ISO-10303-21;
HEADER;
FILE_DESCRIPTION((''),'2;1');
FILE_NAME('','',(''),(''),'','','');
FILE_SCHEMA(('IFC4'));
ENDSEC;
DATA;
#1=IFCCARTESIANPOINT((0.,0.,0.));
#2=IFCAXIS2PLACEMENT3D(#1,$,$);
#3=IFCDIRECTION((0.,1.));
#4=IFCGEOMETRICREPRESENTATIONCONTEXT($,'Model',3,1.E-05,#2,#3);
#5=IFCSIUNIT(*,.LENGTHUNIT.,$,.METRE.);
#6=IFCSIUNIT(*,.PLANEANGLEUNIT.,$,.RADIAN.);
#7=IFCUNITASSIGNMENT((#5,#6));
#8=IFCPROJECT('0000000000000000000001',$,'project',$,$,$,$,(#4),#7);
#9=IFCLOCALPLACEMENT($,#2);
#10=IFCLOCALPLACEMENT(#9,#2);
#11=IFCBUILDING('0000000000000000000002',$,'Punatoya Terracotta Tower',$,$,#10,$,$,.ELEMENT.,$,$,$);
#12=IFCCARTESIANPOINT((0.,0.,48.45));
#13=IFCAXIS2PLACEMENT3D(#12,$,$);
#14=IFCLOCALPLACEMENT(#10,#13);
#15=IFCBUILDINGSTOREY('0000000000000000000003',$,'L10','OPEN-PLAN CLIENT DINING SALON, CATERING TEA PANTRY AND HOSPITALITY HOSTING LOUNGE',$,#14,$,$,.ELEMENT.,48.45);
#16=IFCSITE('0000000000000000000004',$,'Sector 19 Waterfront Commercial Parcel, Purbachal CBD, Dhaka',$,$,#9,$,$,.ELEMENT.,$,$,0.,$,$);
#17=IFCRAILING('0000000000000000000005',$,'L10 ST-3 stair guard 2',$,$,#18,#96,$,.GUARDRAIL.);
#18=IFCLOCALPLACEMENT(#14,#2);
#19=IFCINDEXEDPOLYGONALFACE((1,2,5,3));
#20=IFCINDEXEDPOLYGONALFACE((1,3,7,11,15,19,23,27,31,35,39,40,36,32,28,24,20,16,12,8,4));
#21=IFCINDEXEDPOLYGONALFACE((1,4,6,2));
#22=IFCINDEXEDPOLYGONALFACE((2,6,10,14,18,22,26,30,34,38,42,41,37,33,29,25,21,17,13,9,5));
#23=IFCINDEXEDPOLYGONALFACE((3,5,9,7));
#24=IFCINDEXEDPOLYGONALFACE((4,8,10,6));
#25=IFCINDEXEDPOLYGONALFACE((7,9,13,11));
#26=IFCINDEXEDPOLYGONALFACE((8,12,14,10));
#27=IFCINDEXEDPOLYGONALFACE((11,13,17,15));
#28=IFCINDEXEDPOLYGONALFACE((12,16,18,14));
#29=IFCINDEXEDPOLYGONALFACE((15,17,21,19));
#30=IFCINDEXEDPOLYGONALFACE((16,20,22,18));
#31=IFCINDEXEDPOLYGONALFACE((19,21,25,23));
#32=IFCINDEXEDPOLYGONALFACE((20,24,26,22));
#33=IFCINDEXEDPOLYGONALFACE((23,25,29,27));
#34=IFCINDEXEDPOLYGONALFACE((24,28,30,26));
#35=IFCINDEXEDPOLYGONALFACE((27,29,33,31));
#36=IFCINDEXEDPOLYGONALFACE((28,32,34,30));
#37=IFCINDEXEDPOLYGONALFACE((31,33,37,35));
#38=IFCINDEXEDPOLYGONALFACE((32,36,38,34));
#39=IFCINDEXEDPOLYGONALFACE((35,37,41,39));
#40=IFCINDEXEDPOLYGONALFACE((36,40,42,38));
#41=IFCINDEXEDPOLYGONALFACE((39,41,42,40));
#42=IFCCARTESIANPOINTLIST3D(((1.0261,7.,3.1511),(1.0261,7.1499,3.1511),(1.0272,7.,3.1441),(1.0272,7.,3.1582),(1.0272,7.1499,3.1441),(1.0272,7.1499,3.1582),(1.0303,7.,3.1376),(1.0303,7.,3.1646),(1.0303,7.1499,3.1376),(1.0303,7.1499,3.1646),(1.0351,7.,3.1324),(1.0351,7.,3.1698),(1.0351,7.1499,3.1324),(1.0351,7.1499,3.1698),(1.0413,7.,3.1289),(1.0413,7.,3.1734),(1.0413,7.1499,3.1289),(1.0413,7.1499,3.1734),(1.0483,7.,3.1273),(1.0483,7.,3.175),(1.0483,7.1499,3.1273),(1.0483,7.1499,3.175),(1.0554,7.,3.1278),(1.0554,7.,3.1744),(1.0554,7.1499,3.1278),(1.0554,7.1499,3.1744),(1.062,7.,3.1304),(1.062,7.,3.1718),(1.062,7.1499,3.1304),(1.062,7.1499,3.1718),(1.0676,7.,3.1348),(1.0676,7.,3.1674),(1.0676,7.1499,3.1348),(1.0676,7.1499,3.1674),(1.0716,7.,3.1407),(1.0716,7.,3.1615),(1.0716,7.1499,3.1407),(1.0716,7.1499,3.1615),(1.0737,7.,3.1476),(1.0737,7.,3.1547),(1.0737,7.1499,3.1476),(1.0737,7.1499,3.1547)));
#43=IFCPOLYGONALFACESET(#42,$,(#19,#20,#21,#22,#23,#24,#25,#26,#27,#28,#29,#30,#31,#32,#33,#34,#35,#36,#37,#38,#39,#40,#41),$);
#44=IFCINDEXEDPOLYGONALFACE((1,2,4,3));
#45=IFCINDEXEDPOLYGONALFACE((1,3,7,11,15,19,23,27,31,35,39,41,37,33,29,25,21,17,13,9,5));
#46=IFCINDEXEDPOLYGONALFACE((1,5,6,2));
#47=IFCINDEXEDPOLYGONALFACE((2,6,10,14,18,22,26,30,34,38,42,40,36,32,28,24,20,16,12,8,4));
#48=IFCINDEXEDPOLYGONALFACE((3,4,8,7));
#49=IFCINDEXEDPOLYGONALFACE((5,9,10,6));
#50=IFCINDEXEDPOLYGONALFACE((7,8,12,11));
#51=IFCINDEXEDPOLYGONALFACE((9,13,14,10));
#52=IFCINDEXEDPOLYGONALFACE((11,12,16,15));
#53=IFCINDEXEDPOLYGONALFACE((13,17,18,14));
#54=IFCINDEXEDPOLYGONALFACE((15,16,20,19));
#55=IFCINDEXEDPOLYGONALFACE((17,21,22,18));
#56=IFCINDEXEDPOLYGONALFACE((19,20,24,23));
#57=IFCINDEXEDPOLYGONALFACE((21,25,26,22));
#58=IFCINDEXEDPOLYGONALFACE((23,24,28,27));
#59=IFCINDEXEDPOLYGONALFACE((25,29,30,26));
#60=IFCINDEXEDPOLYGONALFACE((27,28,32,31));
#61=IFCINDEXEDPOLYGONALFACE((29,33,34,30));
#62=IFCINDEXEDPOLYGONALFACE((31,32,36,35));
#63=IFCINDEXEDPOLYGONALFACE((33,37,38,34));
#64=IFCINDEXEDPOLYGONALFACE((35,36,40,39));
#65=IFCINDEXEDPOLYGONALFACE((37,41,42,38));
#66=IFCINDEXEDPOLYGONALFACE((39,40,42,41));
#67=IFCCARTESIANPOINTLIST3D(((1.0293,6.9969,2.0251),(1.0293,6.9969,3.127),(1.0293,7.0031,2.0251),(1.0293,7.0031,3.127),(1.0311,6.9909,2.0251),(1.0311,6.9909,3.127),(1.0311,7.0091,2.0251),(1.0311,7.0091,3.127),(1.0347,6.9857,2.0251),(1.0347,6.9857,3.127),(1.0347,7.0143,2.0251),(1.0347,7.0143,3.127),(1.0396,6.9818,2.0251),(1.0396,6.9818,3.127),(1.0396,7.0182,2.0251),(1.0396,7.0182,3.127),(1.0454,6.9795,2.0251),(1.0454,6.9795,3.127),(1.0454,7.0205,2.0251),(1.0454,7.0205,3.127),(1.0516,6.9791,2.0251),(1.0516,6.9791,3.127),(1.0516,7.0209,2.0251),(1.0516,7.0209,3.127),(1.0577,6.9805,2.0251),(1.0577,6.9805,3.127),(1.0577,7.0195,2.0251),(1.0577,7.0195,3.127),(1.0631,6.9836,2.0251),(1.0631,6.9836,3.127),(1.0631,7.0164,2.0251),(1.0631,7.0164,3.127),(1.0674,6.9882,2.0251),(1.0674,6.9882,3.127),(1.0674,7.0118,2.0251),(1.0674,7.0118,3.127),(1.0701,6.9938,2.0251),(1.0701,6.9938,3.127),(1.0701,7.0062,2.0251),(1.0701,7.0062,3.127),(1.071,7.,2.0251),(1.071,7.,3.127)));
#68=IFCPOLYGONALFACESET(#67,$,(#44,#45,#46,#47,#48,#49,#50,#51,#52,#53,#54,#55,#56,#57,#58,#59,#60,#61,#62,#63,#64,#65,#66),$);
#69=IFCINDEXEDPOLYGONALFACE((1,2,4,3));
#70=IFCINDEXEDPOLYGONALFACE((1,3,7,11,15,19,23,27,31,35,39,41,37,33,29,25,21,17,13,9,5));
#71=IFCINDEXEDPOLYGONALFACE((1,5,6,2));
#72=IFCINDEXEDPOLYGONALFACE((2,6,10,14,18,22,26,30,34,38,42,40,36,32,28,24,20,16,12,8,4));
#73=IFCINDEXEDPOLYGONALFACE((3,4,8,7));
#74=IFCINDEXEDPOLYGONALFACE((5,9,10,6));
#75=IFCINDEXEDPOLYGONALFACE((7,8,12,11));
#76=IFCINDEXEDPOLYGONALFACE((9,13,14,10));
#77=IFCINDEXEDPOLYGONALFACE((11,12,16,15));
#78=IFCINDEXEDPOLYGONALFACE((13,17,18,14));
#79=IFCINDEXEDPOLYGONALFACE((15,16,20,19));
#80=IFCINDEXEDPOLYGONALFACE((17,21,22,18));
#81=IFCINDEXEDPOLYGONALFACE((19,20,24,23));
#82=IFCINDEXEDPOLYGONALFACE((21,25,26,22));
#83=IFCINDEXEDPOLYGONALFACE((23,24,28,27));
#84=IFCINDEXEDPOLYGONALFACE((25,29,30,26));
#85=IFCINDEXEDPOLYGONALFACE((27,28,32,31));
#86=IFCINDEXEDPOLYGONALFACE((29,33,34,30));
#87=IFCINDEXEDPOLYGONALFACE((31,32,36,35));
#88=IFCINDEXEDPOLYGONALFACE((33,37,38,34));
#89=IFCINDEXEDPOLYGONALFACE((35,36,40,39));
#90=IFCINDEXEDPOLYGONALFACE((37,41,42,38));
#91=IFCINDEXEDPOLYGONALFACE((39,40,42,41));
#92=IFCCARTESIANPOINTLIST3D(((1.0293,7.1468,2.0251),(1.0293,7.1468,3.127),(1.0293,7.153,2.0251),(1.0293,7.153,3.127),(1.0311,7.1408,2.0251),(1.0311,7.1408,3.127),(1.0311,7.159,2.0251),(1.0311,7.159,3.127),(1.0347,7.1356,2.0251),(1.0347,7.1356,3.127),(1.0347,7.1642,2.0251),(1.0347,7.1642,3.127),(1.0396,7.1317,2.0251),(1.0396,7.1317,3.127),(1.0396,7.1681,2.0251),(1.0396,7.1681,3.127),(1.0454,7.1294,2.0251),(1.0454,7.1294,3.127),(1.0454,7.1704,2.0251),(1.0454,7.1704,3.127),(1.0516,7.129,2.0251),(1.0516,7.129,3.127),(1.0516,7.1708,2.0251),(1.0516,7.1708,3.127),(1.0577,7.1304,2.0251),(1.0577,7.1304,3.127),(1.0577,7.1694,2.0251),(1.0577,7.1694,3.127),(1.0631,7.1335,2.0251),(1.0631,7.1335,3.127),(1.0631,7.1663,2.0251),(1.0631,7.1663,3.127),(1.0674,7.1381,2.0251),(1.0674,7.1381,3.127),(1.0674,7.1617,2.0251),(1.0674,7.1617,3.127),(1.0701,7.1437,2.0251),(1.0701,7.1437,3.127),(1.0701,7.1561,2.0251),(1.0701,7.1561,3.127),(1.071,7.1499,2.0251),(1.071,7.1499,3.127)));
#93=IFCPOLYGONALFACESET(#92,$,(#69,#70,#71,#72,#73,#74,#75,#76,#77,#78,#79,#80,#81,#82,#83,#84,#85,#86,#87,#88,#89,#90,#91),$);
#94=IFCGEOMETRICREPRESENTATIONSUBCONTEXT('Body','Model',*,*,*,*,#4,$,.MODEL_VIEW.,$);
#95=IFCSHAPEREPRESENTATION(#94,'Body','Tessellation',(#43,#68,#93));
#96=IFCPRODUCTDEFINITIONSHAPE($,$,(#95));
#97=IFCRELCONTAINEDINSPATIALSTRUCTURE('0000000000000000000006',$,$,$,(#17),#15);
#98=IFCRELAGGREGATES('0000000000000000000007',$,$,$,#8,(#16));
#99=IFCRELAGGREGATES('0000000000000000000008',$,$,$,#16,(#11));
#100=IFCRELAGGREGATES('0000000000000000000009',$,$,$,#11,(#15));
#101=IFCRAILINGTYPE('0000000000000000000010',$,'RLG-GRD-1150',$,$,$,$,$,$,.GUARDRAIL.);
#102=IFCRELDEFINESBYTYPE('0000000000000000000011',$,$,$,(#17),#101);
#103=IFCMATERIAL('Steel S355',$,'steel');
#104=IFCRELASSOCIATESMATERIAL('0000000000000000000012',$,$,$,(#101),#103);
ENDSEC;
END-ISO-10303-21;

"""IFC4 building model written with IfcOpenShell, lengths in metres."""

from ifc_helpers import new_model, si_unit, direction, frame, origin, origin_2d, place, context, subcontext, project, spatial, circle, extrude, material, type_object, element, save


model = new_model("IFC4")

# Units and contexts
model_context = context("Model", 3, precision=1e-05, world=origin(), true_north=direction((0.0, 1.0)))
body_context = subcontext(model_context, "Body", "Model", "MODEL_VIEW")
ifc_project = project(units=[si_unit("LENGTHUNIT", "METRE"), si_unit("PLANEANGLEUNIT", "RADIAN")], contexts=[model_context])

# Site, building, storey
site_placement = place(None, origin())
site = spatial("IfcSite", under=ifc_project, at=site_placement, Name="Sector 19 Waterfront Commercial Parcel, Purbachal CBD, Dhaka", CompositionType="ELEMENT", RefElevation=0.0)
building_placement = place(site_placement, origin())
building = spatial("IfcBuilding", under=site, at=building_placement, Name="Punatoya Terracotta Tower", CompositionType="ELEMENT")
storey_placement = place(building_placement, frame((0.0, 0.0, 48.45)))
storey = spatial("IfcBuildingStorey", under=building, at=storey_placement, Name="L10", Description="OPEN-PLAN CLIENT DINING SALON, CATERING TEA PANTRY AND HOSPITALITY HOSTING LOUNGE", CompositionType="ELEMENT", Elevation=48.45)

# Shared definitions
ifc_material_1 = material(Name="Steel S355", Category="steel")

# Railing
railing_type_1 = type_object("IfcRailingType", Name="RLG-GRD-1150", PredefinedType="GUARDRAIL", material=ifc_material_1)
railing_1_placement = place(storey_placement, frame((1.05, 7.0, 2.0251)))
element("IfcRailing", 1, at=railing_1_placement, inside=storey, type_object=railing_type_1, Name="L10 ST-3 stair guard 2", PredefinedType="GUARDRAIL", context=body_context, shape_type="SweptSolid", body=[
    extrude(circle(Radius=0.0239, at=origin_2d()), frame((0.0, 0.0, 1.126), z_axis=(0.0, 1.0, 0.0), x_axis=(-1.0, 0.0, 0.0)), (0.0, 0.0, 1.0), 0.1499),
    extrude(circle(Radius=0.021, at=origin_2d()), origin(), (0.0, 0.0, 1.0), 1.1018),
    extrude(circle(Radius=0.021, at=origin_2d()), frame((0.0, 0.1499, 0.0)), (0.0, 0.0, 1.0), 1.1018),
])

save(model, "model.ifc")
